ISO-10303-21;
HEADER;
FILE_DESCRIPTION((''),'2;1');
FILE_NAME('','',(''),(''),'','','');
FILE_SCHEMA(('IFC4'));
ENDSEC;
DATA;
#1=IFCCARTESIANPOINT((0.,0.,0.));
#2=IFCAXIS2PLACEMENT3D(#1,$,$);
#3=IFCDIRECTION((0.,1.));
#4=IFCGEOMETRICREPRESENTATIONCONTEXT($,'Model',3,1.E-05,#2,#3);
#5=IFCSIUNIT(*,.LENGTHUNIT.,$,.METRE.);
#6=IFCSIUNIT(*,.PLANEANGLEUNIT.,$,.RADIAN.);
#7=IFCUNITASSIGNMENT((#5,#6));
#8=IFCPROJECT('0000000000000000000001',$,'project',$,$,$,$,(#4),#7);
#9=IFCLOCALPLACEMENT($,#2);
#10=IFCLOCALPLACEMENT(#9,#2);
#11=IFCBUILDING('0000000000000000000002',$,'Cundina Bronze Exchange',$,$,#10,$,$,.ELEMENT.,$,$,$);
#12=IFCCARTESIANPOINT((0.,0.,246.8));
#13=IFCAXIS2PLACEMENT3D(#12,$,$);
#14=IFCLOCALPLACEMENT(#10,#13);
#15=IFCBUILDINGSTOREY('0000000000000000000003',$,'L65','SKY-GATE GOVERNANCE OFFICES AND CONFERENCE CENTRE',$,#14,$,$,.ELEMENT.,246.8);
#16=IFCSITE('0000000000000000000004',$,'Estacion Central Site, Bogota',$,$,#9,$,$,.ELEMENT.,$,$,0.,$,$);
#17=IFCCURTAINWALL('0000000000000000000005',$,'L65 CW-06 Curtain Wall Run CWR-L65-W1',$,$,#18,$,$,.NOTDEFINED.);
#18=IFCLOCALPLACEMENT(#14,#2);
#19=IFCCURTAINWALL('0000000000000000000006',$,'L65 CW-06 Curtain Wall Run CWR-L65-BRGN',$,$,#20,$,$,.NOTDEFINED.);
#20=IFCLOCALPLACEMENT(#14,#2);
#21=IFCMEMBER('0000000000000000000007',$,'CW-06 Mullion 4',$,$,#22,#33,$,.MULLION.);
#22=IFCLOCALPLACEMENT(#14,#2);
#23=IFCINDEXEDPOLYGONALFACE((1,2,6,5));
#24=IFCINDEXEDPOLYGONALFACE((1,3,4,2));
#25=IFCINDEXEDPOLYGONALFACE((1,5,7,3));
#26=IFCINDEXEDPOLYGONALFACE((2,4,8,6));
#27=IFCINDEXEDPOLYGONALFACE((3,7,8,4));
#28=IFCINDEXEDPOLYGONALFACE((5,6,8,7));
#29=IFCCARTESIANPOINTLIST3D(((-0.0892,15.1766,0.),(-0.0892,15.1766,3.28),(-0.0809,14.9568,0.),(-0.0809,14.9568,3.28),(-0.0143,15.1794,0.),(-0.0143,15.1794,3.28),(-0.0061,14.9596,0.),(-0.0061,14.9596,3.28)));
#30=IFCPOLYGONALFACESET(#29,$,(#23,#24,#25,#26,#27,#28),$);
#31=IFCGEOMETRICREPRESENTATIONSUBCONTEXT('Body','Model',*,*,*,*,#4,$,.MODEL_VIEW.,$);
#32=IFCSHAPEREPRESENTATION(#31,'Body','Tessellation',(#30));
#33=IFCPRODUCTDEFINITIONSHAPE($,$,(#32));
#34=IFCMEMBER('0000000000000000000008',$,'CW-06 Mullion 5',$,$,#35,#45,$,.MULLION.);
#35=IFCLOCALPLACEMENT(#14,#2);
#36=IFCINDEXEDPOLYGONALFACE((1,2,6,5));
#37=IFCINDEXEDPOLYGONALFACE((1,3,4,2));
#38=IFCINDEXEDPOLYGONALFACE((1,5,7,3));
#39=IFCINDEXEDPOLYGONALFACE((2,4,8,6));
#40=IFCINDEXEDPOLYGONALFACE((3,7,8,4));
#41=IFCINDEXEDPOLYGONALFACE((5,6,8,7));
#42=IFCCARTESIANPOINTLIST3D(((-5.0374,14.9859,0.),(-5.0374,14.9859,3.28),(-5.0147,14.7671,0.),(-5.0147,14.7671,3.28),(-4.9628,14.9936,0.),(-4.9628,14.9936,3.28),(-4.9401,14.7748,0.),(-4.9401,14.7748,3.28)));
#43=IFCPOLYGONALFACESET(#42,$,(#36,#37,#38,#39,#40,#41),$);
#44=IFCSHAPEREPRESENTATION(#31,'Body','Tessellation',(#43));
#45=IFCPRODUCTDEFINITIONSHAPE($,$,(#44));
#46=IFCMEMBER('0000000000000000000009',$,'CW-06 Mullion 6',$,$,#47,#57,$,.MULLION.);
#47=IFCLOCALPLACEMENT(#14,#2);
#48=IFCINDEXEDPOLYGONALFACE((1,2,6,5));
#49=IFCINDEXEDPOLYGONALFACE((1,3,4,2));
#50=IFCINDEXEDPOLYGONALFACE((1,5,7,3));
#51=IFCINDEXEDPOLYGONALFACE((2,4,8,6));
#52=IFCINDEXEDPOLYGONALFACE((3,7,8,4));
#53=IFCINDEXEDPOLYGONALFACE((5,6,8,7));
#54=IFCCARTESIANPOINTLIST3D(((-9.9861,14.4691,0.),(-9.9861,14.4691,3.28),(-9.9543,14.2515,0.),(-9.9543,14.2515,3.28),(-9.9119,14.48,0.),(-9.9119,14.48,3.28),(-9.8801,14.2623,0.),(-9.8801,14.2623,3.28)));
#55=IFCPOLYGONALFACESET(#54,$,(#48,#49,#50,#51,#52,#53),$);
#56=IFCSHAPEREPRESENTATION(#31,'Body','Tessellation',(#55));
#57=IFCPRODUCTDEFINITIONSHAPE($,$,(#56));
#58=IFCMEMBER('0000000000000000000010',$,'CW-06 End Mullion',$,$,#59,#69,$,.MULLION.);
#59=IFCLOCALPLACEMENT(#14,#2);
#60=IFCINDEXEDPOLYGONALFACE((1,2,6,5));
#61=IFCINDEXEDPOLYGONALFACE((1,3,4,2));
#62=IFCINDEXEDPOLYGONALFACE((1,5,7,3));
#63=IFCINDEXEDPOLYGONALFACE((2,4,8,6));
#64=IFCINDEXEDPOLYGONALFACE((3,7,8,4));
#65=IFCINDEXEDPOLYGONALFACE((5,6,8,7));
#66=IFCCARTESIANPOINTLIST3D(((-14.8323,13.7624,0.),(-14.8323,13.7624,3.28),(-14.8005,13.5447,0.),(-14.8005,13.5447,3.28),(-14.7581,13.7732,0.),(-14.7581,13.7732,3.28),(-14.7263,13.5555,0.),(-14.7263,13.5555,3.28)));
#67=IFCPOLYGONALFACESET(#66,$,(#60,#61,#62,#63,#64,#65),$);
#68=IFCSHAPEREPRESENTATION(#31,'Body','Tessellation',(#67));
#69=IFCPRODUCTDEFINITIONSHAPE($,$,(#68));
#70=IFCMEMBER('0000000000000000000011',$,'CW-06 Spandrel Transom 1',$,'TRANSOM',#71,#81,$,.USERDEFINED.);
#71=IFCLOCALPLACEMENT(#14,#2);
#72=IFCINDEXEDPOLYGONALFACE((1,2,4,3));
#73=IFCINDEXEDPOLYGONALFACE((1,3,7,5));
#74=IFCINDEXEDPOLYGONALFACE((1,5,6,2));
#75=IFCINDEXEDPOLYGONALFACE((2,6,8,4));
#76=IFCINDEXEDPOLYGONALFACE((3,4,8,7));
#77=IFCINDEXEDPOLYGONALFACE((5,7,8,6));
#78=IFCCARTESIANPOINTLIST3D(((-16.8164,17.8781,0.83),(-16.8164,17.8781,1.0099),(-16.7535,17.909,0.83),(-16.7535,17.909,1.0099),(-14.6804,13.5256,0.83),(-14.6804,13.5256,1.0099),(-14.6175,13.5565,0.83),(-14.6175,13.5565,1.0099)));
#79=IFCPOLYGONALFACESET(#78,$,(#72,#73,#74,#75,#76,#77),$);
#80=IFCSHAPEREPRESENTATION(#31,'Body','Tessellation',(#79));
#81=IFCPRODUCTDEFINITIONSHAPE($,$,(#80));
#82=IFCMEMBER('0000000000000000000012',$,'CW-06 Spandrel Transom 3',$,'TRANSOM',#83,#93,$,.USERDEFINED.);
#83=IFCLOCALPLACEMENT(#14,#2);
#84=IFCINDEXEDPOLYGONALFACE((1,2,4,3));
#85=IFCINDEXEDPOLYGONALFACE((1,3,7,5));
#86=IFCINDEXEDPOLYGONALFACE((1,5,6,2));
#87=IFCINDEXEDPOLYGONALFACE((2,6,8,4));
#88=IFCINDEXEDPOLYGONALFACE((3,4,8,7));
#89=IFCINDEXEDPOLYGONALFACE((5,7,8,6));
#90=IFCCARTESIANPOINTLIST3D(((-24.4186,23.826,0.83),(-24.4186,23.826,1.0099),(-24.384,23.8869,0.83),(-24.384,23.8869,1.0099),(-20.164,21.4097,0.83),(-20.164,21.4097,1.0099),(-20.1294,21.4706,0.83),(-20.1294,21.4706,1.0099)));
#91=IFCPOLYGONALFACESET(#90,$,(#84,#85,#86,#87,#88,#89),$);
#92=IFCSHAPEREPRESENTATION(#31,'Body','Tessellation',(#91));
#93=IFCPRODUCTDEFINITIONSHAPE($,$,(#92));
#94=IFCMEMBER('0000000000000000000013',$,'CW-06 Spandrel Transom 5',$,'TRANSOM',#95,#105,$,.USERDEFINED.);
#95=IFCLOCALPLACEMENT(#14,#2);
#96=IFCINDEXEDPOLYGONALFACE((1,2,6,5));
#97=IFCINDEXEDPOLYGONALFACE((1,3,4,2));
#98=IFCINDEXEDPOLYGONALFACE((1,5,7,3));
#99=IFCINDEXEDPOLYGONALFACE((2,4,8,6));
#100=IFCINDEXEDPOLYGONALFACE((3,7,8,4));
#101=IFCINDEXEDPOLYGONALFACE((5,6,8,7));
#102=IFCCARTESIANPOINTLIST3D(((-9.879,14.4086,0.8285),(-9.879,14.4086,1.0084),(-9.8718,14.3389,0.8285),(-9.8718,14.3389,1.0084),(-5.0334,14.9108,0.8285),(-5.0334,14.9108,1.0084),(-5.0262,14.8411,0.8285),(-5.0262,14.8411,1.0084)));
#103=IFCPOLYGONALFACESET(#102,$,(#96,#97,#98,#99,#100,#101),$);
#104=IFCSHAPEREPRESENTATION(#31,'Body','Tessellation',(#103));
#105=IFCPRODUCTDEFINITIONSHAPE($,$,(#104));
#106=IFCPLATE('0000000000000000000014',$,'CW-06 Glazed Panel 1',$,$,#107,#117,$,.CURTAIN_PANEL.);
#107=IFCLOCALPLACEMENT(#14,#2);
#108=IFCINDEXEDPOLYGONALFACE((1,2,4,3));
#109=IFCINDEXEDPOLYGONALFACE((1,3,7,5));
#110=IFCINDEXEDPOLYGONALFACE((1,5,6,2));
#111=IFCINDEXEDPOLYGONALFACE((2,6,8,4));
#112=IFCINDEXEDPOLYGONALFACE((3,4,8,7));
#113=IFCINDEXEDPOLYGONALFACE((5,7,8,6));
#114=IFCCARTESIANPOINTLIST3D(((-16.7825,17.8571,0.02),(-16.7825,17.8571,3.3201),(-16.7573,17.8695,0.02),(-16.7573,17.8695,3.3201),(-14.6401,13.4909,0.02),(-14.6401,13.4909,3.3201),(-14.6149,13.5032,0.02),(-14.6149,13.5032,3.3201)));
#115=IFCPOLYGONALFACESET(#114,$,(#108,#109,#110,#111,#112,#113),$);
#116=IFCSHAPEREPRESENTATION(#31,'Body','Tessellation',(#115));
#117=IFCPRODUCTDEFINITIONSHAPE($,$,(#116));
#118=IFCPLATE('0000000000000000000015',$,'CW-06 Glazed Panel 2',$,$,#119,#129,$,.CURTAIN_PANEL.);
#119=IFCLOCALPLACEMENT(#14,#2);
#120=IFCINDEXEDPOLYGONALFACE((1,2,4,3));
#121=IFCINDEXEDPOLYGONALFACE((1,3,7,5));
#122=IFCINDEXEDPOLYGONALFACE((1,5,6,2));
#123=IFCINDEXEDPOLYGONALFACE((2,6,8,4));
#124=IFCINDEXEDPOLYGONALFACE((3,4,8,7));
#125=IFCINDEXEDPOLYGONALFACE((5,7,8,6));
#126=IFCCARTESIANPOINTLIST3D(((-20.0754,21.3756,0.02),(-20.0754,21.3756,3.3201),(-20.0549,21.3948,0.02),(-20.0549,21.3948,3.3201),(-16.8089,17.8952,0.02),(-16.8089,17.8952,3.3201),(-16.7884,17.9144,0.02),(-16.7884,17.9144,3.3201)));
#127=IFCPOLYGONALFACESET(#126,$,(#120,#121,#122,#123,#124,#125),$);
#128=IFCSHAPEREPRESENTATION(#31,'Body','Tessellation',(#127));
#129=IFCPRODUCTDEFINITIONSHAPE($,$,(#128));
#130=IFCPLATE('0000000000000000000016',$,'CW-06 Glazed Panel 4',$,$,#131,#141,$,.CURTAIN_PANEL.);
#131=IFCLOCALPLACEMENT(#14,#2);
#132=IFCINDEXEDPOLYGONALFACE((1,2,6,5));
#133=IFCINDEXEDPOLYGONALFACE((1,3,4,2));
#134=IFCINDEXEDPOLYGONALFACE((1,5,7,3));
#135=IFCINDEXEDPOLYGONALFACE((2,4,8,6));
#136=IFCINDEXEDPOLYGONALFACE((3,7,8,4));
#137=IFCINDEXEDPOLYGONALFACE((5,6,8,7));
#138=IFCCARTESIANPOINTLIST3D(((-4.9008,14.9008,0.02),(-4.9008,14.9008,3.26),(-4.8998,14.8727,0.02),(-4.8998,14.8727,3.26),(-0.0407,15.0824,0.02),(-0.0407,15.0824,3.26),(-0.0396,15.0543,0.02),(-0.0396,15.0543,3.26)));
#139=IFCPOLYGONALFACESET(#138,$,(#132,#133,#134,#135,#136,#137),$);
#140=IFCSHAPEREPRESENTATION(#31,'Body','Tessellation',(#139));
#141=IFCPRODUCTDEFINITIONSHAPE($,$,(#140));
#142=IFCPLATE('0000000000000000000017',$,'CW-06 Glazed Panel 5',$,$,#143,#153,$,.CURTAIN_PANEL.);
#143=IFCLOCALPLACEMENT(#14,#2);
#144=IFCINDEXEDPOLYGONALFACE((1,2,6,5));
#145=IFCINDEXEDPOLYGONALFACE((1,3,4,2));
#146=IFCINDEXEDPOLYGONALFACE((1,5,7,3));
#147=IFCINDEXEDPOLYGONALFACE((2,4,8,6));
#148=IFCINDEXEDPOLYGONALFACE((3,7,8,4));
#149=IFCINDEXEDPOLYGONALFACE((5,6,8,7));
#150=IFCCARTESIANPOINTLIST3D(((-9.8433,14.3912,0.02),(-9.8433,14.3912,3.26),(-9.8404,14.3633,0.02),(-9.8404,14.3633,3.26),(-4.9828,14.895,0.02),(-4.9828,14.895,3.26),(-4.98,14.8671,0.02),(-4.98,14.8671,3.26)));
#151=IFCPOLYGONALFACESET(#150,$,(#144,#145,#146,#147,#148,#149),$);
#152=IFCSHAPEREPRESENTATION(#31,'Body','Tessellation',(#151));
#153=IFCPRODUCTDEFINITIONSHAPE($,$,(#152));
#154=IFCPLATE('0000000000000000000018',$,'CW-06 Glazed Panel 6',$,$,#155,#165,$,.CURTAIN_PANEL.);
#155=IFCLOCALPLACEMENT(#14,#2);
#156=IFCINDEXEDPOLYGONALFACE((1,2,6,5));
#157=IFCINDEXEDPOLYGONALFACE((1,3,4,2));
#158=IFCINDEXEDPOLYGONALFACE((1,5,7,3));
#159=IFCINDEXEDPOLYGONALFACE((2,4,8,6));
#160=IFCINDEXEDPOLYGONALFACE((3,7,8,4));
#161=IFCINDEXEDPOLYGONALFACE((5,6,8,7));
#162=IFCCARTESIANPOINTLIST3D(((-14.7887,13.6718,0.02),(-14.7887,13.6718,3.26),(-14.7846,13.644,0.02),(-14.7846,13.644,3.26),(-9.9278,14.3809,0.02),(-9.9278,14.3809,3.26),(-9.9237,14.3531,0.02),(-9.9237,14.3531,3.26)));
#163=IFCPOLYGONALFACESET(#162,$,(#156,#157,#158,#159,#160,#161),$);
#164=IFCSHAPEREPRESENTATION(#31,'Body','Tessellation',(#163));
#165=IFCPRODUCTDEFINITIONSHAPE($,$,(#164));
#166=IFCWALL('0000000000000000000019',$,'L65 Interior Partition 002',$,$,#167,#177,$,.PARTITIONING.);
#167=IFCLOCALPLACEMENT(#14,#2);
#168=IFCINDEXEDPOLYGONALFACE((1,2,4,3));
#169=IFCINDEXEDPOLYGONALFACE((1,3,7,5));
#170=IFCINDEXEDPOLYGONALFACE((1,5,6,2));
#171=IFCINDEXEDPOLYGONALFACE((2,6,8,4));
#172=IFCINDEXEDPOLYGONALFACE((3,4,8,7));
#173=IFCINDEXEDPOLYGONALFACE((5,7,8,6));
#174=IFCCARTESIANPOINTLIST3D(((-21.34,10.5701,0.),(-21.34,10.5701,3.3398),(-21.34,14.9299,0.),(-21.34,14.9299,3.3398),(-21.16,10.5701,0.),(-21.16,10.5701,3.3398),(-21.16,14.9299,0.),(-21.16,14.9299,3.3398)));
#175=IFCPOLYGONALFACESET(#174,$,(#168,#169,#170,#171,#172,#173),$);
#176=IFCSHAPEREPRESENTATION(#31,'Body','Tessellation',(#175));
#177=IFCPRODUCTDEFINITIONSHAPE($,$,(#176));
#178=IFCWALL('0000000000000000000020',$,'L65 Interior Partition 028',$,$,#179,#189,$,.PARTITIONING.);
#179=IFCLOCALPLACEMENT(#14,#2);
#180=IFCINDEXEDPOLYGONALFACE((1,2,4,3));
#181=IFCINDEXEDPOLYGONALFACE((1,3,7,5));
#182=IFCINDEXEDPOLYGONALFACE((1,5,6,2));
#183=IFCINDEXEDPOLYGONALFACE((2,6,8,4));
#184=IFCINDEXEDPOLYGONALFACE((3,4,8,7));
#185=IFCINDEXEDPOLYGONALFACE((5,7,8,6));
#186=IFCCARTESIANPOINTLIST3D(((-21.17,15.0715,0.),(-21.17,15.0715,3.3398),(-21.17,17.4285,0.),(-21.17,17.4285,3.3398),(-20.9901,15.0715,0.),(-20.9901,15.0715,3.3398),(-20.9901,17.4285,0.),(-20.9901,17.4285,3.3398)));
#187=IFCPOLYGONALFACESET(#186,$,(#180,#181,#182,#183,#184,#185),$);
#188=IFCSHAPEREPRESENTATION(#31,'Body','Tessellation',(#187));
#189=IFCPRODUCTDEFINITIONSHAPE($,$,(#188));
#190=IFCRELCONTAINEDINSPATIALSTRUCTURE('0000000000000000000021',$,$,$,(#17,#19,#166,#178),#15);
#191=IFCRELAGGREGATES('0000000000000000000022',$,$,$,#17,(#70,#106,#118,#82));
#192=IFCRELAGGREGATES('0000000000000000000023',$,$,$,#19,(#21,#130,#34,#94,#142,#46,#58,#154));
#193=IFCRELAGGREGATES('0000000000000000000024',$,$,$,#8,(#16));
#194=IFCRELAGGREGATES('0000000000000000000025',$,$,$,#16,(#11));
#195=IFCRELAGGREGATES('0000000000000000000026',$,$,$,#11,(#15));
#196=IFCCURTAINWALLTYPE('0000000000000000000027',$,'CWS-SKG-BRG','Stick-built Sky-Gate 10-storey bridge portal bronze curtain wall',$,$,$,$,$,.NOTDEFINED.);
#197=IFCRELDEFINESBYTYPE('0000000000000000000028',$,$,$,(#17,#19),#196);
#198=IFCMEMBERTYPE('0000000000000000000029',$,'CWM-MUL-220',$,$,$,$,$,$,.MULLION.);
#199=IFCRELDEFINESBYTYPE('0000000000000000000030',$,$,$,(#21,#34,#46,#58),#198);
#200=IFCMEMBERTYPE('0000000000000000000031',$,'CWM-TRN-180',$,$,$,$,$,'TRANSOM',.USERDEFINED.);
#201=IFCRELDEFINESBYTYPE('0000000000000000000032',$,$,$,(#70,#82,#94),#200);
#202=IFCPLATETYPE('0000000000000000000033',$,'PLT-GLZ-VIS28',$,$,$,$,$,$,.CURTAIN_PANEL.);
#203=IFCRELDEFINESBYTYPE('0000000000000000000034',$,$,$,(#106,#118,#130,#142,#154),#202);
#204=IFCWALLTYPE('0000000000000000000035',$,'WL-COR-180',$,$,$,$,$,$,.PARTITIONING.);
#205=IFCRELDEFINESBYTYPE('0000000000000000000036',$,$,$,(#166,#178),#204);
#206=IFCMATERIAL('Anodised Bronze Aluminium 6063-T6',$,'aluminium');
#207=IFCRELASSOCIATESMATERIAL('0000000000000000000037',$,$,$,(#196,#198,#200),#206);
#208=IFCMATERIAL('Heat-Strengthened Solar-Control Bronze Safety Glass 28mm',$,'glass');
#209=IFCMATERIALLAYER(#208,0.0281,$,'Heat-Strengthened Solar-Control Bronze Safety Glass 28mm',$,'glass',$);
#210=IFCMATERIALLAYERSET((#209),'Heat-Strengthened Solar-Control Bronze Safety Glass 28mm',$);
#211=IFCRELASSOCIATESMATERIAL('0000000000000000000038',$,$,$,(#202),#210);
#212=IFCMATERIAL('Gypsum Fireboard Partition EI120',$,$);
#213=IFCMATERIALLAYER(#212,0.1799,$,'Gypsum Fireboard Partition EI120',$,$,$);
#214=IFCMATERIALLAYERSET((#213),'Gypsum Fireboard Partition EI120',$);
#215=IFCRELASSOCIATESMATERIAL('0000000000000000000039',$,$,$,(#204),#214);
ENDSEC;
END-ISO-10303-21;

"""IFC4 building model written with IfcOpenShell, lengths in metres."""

from ifc_helpers import new_model, si_unit, direction, frame, frame_2d, origin, origin_2d, place, context, subcontext, project, spatial, rectangle, extrude, material, layer, layer_set, material_profile, profile_set, type_object, element, aggregate, save


model = new_model("IFC4")

# Units and contexts
model_context = context("Model", 3, precision=1e-05, world=origin(), true_north=direction((0.0, 1.0)))
body_context = subcontext(model_context, "Body", "Model", "MODEL_VIEW")
ifc_project = project(units=[si_unit("LENGTHUNIT", "METRE"), si_unit("PLANEANGLEUNIT", "RADIAN")], contexts=[model_context])

# Site, building, storey
site_placement = place(None, origin())
site = spatial("IfcSite", under=ifc_project, at=site_placement, Name="Estacion Central Site, Bogota", CompositionType="ELEMENT", RefElevation=0.0)
building_placement = place(site_placement, origin())
building = spatial("IfcBuilding", under=site, at=building_placement, Name="Cundina Bronze Exchange", CompositionType="ELEMENT")
storey_placement = place(building_placement, frame((0.0, 0.0, 246.8)))
storey = spatial("IfcBuildingStorey", under=building, at=storey_placement, Name="L65", Description="SKY-GATE GOVERNANCE OFFICES AND CONFERENCE CENTRE", CompositionType="ELEMENT", Elevation=246.8)

# Curtain walls, members
ifc_material_1 = material(Name="Anodised Bronze Aluminium 6063-T6", Category="aluminium")
curtain_wall_type = type_object("IfcCurtainWallType", Name="CWS-SKG-BRG", Description="Stick-built Sky-Gate 10-storey bridge portal bronze curtain wall", PredefinedType="NOTDEFINED", material=ifc_material_1)
curtain_wall_1_placement = place(storey_placement, origin())
curtain_wall_1 = element("IfcCurtainWall", 1, at=curtain_wall_1_placement, inside=storey, type_object=curtain_wall_type, Name="L65 CW-06 Curtain Wall Run CWR-L65-W1", PredefinedType="NOTDEFINED")
ifc_material_profile_1 = material_profile(ifc_material_1, rectangle(XDim=0.075, YDim=0.22, at=origin_2d()), Name="AL75X220", Category="aluminium")
ifc_profile_set_1 = profile_set([ifc_material_profile_1], Name="Anodised Bronze Aluminium 6063-T6")
member_type_1 = type_object("IfcMemberType", Name="CWM-MUL-220", PredefinedType="MULLION", material=ifc_profile_set_1)
curtain_wall_2_placement = place(storey_placement, origin())
curtain_wall_2 = element("IfcCurtainWall", 2, at=curtain_wall_2_placement, inside=storey, type_object=curtain_wall_type, Name="L65 CW-06 Curtain Wall Run CWR-L65-BRGN", PredefinedType="NOTDEFINED")
member_1_placement = place(storey_placement, frame((-0.0476, 15.0681, 0.0), z_axis=(0.0, 0.0, 1.0), x_axis=(-0.999303, -0.037341, 0.0)))
member_1 = element("IfcMember", 3, at=member_1_placement, type_object=member_type_1, Name="CW-06 Mullion 4", PredefinedType="MULLION", context=body_context, shape_type="SweptSolid", body=[
    extrude(rectangle(XDim=0.075, YDim=0.22, at=origin_2d()), origin(), (0.0, 0.0, 1.0), 3.28),
])
member_2_placement = place(storey_placement, frame((-4.9888, 14.8804, 0.0), z_axis=(0.0, 0.0, 1.0), x_axis=(-0.994667, -0.10314, 0.0)))
member_2 = element("IfcMember", 4, at=member_2_placement, type_object=member_type_1, Name="CW-06 Mullion 5", PredefinedType="MULLION", context=body_context, shape_type="SweptSolid", body=[
    extrude(rectangle(XDim=0.075, YDim=0.22, at=origin_2d()), origin(), (0.0, 0.0, 1.0), 3.28),
])
member_3_placement = place(storey_placement, frame((-9.9331, 14.3657, 0.0), z_axis=(0.0, 0.0, 1.0), x_axis=(-0.989526, -0.144356, 0.0)))
member_3 = element("IfcMember", 5, at=member_3_placement, type_object=member_type_1, Name="CW-06 Mullion 6", PredefinedType="MULLION", context=body_context, shape_type="SweptSolid", body=[
    extrude(rectangle(XDim=0.075, YDim=0.22, at=origin_2d()), origin(), (0.0, 0.0, 1.0), 3.28),
])
member_4_placement = place(storey_placement, frame((-14.7793, 13.6589, 0.0), z_axis=(0.0, 0.0, 1.0), x_axis=(-0.989526, -0.144356, 0.0)))
member_4 = element("IfcMember", 6, at=member_4_placement, type_object=member_type_1, Name="CW-06 End Mullion", PredefinedType="MULLION", context=body_context, shape_type="SweptSolid", body=[
    extrude(rectangle(XDim=0.075, YDim=0.22, at=origin_2d()), origin(), (0.0, 0.0, 1.0), 3.28),
])

# Members
ifc_material_profile_2 = material_profile(ifc_material_1, rectangle(XDim=0.0701, YDim=0.1799, at=origin_2d()), Name="AL70X180", Category="aluminium")
ifc_profile_set_2 = profile_set([ifc_material_profile_2], Name="Anodised Bronze Aluminium 6063-T6")
member_type_2 = type_object("IfcMemberType", Name="CWM-TRN-180", ElementType="TRANSOM", PredefinedType="USERDEFINED", material=ifc_profile_set_2)
member_5_placement = place(storey_placement, frame((-14.6489, 13.541, 0.9199), z_axis=(-0.440554, 0.897726, 0.0), x_axis=(-0.897726, -0.440554, 0.0)))
member_5 = element("IfcMember", 7, at=member_5_placement, type_object=member_type_2, Name="CW-06 Spandrel Transom 1", ObjectType="TRANSOM", PredefinedType="USERDEFINED", context=body_context, shape_type="SweptSolid", body=[
    extrude(rectangle(XDim=0.0701, YDim=0.1799, at=origin_2d()), origin(), (0.0, 0.0, 1.0), 4.8484),
])
member_6_placement = place(storey_placement, frame((-20.1467, 21.4402, 0.9199), z_axis=(-0.869557, 0.493832, 0.0), x_axis=(-0.493832, -0.869557, 0.0)))
member_6 = element("IfcMember", 8, at=member_6_placement, type_object=member_type_2, Name="CW-06 Spandrel Transom 3", ObjectType="TRANSOM", PredefinedType="USERDEFINED", context=body_context, shape_type="SweptSolid", body=[
    extrude(rectangle(XDim=0.0701, YDim=0.1799, at=origin_2d()), origin(), (0.0, 0.0, 1.0), 4.8928),
])
member_7_placement = place(storey_placement, frame((-5.0298, 14.876, 0.9185), z_axis=(-0.994672, -0.103086, 0.0), x_axis=(0.103086, -0.994672, 0.0)))
member_7 = element("IfcMember", 9, at=member_7_placement, type_object=member_type_2, Name="CW-06 Spandrel Transom 5", ObjectType="TRANSOM", PredefinedType="USERDEFINED", context=body_context, shape_type="SweptSolid", body=[
    extrude(rectangle(XDim=0.0701, YDim=0.1799, at=origin_2d()), origin(), (0.0, 0.0, 1.0), 4.8716),
])

# Plates
ifc_material_2 = material(Name="Heat-Strengthened Solar-Control Bronze Safety Glass 28mm", Category="glass")
ifc_layer_1 = layer(ifc_material_2, 0.0281, Name="Heat-Strengthened Solar-Control Bronze Safety Glass 28mm", Category="glass")
ifc_layer_set_1 = layer_set([ifc_layer_1], Name="Heat-Strengthened Solar-Control Bronze Safety Glass 28mm")
plate_type = type_object("IfcPlateType", Name="PLT-GLZ-VIS28", PredefinedType="CURTAIN_PANEL", material=ifc_layer_set_1)
plate_1_placement = place(storey_placement, frame((-15.6987, 15.6802, 0.02), z_axis=(0.0, 0.0, 1.0), x_axis=(-0.440503, 0.897751, 0.0)))
plate_1 = element("IfcPlate", 10, at=plate_1_placement, type_object=plate_type, Name="CW-06 Glazed Panel 1", PredefinedType="CURTAIN_PANEL", context=body_context, shape_type="SweptSolid", body=[
    extrude(rectangle(XDim=4.8635, YDim=0.0281, at=origin_2d()), origin(), (0.0, 0.0, 1.0), 3.3),
])
plate_2_placement = place(storey_placement, frame((-18.4319, 19.645, 0.02), z_axis=(0.0, 0.0, 1.0), x_axis=(-0.684344, 0.72916, 0.0)))
plate_2 = element("IfcPlate", 11, at=plate_2_placement, type_object=plate_type, Name="CW-06 Glazed Panel 2", PredefinedType="CURTAIN_PANEL", context=body_context, shape_type="SweptSolid", body=[
    extrude(rectangle(XDim=4.7732, YDim=0.0281, at=origin_2d()), origin(), (0.0, 0.0, 1.0), 3.3),
])
aggregate(curtain_wall_1, [member_5, plate_1, plate_2, member_6])
plate_3_placement = place(storey_placement, frame((-2.4702, 14.9775, 0.02), z_axis=(0.0, 0.0, 1.0), x_axis=(-0.999303, -0.037341, 0.0)))
plate_3 = element("IfcPlate", 12, at=plate_3_placement, type_object=plate_type, Name="CW-06 Glazed Panel 4", PredefinedType="CURTAIN_PANEL", context=body_context, shape_type="SweptSolid", body=[
    extrude(rectangle(XDim=4.8635, YDim=0.0281, at=origin_2d()), origin(), (0.0, 0.0, 1.0), 3.24),
])
plate_4_placement = place(storey_placement, frame((-7.4116, 14.6292, 0.02), z_axis=(0.0, 0.0, 1.0), x_axis=(-0.994672, -0.103088, 0.0)))
plate_4 = element("IfcPlate", 13, at=plate_4_placement, type_object=plate_type, Name="CW-06 Glazed Panel 5", PredefinedType="CURTAIN_PANEL", context=body_context, shape_type="SweptSolid", body=[
    extrude(rectangle(XDim=4.8865, YDim=0.0281, at=origin_2d()), origin(), (0.0, 0.0, 1.0), 3.24),
])
plate_5_placement = place(storey_placement, frame((-12.3562, 14.0125, 0.02), z_axis=(0.0, 0.0, 1.0), x_axis=(-0.989528, -0.144339, 0.0)))
plate_5 = element("IfcPlate", 14, at=plate_5_placement, type_object=plate_type, Name="CW-06 Glazed Panel 6", PredefinedType="CURTAIN_PANEL", context=body_context, shape_type="SweptSolid", body=[
    extrude(rectangle(XDim=4.9124, YDim=0.0281, at=origin_2d()), origin(), (0.0, 0.0, 1.0), 3.24),
])
aggregate(curtain_wall_2, [member_1, plate_3, member_2, member_7, plate_4, member_3, member_4, plate_5])

# Wall
ifc_material_3 = material(Name="Gypsum Fireboard Partition EI120")
ifc_layer_2 = layer(ifc_material_3, 0.1799, Name="Gypsum Fireboard Partition EI120")
ifc_layer_set_2 = layer_set([ifc_layer_2], Name="Gypsum Fireboard Partition EI120")
wall_type = type_object("IfcWallType", Name="WL-COR-180", PredefinedType="PARTITIONING", material=ifc_layer_set_2)
wall_1_placement = place(storey_placement, frame((-21.25, 10.5701, 0.0), z_axis=(0.0, 0.0, 1.0), x_axis=(0.0, 1.0, 0.0)))
element("IfcWall", 15, at=wall_1_placement, inside=storey, type_object=wall_type, Name="L65 Interior Partition 002", PredefinedType="PARTITIONING", context=body_context, shape_type="SweptSolid", body=[
    extrude(rectangle(XDim=4.3599, YDim=0.1799, at=frame_2d((2.1799, 0.0))), origin(), (0.0, 0.0, 1.0), 3.3398),
])

# Wall
wall_2_placement = place(storey_placement, frame((-21.0801, 15.0715, 0.0), z_axis=(0.0, 0.0, 1.0), x_axis=(0.0, 1.0, 0.0)))
element("IfcWall", 16, at=wall_2_placement, inside=storey, type_object=wall_type, Name="L65 Interior Partition 028", PredefinedType="PARTITIONING", context=body_context, shape_type="SweptSolid", body=[
    extrude(rectangle(XDim=2.3569, YDim=0.1799, at=frame_2d((1.1785, 0.0))), origin(), (0.0, 0.0, 1.0), 3.3398),
])

save(model, "model.ifc")
